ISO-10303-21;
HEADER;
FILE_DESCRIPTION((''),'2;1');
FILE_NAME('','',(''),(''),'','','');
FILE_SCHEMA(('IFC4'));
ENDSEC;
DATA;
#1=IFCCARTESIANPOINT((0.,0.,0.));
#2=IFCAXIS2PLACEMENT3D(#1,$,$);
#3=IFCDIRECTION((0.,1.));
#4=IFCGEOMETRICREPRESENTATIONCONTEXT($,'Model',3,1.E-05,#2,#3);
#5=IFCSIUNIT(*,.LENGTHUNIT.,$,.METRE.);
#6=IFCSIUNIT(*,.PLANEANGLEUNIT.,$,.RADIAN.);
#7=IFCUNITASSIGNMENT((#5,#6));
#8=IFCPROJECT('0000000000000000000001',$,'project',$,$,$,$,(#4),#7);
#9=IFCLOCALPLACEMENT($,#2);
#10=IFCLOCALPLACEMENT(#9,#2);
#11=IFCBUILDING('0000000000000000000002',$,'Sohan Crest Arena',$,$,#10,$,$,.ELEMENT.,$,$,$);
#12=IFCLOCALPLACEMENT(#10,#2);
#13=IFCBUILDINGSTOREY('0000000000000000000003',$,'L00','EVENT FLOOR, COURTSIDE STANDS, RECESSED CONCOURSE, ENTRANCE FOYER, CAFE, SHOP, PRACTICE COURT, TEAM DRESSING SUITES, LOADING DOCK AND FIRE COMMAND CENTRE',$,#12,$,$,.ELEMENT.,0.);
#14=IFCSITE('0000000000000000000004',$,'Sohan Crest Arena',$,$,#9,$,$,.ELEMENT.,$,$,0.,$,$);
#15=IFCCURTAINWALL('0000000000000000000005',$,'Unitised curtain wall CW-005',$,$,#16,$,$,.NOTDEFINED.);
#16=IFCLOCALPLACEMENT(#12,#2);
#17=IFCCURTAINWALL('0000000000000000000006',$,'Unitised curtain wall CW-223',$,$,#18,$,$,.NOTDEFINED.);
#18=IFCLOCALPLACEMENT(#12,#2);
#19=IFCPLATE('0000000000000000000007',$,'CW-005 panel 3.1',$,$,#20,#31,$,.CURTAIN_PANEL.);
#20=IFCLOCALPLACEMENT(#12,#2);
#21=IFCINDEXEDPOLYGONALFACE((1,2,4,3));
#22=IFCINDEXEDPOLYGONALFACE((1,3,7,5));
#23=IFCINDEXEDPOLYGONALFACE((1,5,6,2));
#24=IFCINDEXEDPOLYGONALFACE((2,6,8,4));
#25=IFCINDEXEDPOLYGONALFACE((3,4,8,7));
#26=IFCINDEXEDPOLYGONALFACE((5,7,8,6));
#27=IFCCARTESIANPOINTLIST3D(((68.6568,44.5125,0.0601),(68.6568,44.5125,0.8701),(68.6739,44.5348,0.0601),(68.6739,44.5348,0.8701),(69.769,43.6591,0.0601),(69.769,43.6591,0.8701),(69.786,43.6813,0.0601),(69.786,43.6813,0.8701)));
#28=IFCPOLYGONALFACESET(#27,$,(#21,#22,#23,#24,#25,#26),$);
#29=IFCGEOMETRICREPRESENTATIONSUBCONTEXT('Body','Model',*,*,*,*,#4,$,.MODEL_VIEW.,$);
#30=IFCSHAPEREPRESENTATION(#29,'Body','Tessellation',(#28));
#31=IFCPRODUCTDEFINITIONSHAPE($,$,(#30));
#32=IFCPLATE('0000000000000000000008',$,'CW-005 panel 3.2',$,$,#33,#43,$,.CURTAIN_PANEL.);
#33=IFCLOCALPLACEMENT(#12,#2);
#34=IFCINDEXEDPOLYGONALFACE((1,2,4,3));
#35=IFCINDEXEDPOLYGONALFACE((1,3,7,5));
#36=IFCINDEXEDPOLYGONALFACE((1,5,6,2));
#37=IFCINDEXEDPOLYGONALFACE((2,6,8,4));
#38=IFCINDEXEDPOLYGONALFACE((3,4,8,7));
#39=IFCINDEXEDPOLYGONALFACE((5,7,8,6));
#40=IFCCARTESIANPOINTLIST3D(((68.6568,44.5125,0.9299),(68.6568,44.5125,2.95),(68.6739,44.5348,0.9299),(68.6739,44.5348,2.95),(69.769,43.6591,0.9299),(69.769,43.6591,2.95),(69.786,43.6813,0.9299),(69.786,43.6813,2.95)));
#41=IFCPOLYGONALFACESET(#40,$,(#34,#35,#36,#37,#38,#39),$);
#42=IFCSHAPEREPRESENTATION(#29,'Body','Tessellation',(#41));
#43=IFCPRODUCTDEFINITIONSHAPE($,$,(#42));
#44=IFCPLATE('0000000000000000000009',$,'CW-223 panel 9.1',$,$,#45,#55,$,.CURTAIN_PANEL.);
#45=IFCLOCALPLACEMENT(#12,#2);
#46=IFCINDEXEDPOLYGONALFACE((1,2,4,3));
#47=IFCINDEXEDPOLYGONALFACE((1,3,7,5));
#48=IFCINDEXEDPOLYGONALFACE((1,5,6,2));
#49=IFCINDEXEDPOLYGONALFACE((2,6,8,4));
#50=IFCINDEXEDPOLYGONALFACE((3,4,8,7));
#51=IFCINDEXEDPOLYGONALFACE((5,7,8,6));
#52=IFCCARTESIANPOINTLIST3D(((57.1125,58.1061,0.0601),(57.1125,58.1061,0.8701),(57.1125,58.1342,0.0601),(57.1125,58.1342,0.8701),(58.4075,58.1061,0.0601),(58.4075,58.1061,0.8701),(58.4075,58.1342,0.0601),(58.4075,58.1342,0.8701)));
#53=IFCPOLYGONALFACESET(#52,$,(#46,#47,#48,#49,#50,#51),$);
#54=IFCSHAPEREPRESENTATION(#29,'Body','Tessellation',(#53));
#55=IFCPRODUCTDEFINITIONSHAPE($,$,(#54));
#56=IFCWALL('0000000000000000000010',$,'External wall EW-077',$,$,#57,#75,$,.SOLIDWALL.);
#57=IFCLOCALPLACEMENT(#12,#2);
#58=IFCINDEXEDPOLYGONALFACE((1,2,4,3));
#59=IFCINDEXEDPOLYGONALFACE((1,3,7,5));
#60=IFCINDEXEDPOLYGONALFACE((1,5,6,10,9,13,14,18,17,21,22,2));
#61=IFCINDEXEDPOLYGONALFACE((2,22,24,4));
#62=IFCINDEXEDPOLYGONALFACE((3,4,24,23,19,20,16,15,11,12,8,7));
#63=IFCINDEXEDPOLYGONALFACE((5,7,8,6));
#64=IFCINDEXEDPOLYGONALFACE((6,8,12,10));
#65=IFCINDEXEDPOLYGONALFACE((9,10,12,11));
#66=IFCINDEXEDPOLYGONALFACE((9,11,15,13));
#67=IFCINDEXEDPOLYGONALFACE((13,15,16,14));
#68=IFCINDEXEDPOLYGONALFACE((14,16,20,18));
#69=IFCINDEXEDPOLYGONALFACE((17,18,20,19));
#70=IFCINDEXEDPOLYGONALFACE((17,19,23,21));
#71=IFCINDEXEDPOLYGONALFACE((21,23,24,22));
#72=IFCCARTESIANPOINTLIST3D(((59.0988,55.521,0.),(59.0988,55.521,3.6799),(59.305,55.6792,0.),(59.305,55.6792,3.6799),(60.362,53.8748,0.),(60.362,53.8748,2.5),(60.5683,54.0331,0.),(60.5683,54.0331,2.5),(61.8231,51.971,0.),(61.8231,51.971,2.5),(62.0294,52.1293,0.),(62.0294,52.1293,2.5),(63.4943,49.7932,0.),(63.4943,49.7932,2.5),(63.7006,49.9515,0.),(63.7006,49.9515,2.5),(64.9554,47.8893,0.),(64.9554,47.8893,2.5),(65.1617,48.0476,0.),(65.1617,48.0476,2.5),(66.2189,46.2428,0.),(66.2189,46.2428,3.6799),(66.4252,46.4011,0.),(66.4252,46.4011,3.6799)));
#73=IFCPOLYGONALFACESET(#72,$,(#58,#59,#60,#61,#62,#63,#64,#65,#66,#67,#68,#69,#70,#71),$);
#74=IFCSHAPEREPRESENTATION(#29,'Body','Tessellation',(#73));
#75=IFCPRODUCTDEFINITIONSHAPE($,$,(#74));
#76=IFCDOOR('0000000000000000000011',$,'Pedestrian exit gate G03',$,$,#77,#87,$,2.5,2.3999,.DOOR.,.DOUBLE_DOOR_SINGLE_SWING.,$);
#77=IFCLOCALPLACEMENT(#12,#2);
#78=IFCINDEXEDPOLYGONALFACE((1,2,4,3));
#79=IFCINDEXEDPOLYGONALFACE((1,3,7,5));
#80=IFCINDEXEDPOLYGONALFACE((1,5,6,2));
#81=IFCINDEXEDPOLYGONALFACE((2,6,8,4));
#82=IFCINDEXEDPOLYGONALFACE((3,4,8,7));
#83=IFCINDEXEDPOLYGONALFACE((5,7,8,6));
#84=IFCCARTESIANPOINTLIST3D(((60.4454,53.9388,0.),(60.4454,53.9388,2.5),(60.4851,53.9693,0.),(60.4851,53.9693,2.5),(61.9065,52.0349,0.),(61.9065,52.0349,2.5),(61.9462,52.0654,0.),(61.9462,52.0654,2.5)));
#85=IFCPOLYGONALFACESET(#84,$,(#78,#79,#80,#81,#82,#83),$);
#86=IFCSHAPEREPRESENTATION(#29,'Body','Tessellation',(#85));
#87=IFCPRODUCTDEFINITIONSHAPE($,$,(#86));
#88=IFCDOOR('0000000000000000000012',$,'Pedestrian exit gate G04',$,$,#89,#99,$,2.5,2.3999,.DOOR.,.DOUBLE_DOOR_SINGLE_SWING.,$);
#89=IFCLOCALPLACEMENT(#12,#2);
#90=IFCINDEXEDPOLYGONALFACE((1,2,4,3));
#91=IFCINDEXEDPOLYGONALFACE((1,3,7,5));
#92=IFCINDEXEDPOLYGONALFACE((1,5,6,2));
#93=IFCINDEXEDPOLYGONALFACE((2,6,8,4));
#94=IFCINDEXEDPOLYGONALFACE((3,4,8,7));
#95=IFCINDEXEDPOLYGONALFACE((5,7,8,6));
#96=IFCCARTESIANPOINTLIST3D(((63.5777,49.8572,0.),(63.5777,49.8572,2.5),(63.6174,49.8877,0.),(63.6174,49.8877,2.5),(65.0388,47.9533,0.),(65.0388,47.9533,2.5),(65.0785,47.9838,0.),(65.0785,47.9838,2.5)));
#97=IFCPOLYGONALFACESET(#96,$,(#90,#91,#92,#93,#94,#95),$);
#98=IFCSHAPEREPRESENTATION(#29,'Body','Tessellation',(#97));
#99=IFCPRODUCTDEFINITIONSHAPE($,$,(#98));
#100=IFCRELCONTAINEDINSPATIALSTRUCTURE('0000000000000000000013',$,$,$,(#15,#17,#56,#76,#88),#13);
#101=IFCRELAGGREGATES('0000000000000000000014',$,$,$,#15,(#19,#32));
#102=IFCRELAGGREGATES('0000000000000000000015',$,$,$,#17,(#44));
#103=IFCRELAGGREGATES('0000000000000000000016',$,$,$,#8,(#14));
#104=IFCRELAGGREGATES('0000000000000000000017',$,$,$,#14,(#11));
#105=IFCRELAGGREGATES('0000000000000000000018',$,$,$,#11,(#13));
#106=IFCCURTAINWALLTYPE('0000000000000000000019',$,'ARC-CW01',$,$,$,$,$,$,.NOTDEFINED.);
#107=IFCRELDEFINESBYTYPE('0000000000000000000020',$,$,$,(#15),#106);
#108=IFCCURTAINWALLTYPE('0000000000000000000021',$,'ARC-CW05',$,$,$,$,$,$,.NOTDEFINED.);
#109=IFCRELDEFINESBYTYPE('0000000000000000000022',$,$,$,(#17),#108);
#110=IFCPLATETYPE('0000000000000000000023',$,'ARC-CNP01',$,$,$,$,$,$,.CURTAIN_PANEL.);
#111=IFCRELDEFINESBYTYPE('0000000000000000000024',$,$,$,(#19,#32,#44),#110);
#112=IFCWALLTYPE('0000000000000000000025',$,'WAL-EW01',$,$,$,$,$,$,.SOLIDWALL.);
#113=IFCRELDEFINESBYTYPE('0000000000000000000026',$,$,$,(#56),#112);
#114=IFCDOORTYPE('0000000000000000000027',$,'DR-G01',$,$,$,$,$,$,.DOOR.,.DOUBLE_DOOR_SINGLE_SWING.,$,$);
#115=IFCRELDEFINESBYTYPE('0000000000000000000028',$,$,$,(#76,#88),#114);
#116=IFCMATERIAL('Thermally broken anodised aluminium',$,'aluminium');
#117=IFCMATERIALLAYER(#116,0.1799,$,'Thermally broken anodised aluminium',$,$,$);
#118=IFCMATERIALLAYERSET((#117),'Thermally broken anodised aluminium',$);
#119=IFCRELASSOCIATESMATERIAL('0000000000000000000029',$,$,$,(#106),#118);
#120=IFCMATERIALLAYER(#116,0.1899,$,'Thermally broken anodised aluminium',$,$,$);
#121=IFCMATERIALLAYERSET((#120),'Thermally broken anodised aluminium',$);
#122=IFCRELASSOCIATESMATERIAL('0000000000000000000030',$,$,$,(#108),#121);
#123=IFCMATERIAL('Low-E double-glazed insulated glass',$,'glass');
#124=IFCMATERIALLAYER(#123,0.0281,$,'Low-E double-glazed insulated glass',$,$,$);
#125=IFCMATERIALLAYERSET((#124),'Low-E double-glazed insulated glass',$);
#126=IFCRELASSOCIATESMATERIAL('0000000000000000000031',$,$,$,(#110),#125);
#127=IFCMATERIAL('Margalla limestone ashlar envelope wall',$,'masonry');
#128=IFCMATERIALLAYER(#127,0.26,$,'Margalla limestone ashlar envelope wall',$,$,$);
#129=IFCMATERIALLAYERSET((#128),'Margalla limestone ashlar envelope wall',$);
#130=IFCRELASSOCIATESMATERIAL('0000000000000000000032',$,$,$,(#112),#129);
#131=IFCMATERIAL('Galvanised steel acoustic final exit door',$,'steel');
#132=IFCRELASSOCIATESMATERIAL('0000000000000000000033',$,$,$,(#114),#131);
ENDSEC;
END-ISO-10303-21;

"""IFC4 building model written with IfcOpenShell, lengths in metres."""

from ifc_helpers import new_model, si_unit, direction, frame, frame_2d, origin, origin_2d, place, context, subcontext, project, spatial, rectangle, extrude, material, layer, layer_set, type_object, element, fill, aggregate, save


model = new_model("IFC4")

# Units and contexts
model_context = context("Model", 3, precision=1e-05, world=origin(), true_north=direction((0.0, 1.0)))
body_context = subcontext(model_context, "Body", "Model", "MODEL_VIEW")
ifc_project = project(units=[si_unit("LENGTHUNIT", "METRE"), si_unit("PLANEANGLEUNIT", "RADIAN")], contexts=[model_context])

# Site, building, storey
site_placement = place(None, origin())
site = spatial("IfcSite", under=ifc_project, at=site_placement, Name="Sohan Crest Arena", CompositionType="ELEMENT", RefElevation=0.0)
building_placement = place(site_placement, origin())
building = spatial("IfcBuilding", under=site, at=building_placement, Name="Sohan Crest Arena", CompositionType="ELEMENT")
storey_placement = place(building_placement, origin())
storey = spatial("IfcBuildingStorey", under=building, at=storey_placement, Name="L00", Description="EVENT FLOOR, COURTSIDE STANDS, RECESSED CONCOURSE, ENTRANCE FOYER, CAFE, SHOP, PRACTICE COURT, TEAM DRESSING SUITES, LOADING DOCK AND FIRE COMMAND CENTRE", CompositionType="ELEMENT", Elevation=0.0)

# Curtain wall
ifc_material_1 = material(Name="Thermally broken anodised aluminium", Category="aluminium")
ifc_layer_1 = layer(ifc_material_1, 0.1799, Name="Thermally broken anodised aluminium")
ifc_layer_set_1 = layer_set([ifc_layer_1], Name="Thermally broken anodised aluminium")
curtain_wall_type_1 = type_object("IfcCurtainWallType", Name="ARC-CW01", PredefinedType="NOTDEFINED", material=ifc_layer_set_1)
curtain_wall_1_placement = place(storey_placement, origin())
curtain_wall_1 = element("IfcCurtainWall", 1, at=curtain_wall_1_placement, inside=storey, type_object=curtain_wall_type_1, Name="Unitised curtain wall CW-005", PredefinedType="NOTDEFINED")

# Curtain wall
ifc_layer_2 = layer(ifc_material_1, 0.1899, Name="Thermally broken anodised aluminium")
ifc_layer_set_2 = layer_set([ifc_layer_2], Name="Thermally broken anodised aluminium")
curtain_wall_type_2 = type_object("IfcCurtainWallType", Name="ARC-CW05", PredefinedType="NOTDEFINED", material=ifc_layer_set_2)
curtain_wall_2_placement = place(storey_placement, origin())
curtain_wall_2 = element("IfcCurtainWall", 2, at=curtain_wall_2_placement, inside=storey, type_object=curtain_wall_type_2, Name="Unitised curtain wall CW-223", PredefinedType="NOTDEFINED")

# Plates
ifc_material_2 = material(Name="Low-E double-glazed insulated glass", Category="glass")
ifc_layer_3 = layer(ifc_material_2, 0.0281, Name="Low-E double-glazed insulated glass")
ifc_layer_set_3 = layer_set([ifc_layer_3], Name="Low-E double-glazed insulated glass")
plate_type = type_object("IfcPlateType", Name="ARC-CNP01", PredefinedType="CURTAIN_PANEL", material=ifc_layer_set_3)
plate_1_placement = place(storey_placement, frame((69.2214, 44.0969, 0.0601), z_axis=(0.0, 0.0, 1.0), x_axis=(0.793323, -0.608801, 0.0)))
plate_1 = element("IfcPlate", 3, at=plate_1_placement, type_object=plate_type, Name="CW-005 panel 3.1", PredefinedType="CURTAIN_PANEL", context=body_context, shape_type="SweptSolid", body=[
    extrude(rectangle(XDim=1.4019, YDim=0.0281, at=origin_2d()), origin(), (0.0, 0.0, 1.0), 0.8101),
])
plate_2_placement = place(storey_placement, frame((69.2214, 44.0969, 0.9299), z_axis=(0.0, 0.0, 1.0), x_axis=(0.793323, -0.608801, 0.0)))
plate_2 = element("IfcPlate", 4, at=plate_2_placement, type_object=plate_type, Name="CW-005 panel 3.2", PredefinedType="CURTAIN_PANEL", context=body_context, shape_type="SweptSolid", body=[
    extrude(rectangle(XDim=1.4019, YDim=0.0281, at=origin_2d()), origin(), (0.0, 0.0, 1.0), 2.02),
])
aggregate(curtain_wall_1, [plate_1, plate_2])
plate_3_placement = place(storey_placement, frame((57.76, 58.1201, 0.0601), z_axis=(0.0, 0.0, 1.0), x_axis=(1.0, 0.0, 0.0)))
plate_3 = element("IfcPlate", 5, at=plate_3_placement, type_object=plate_type, Name="CW-223 panel 9.1", PredefinedType="CURTAIN_PANEL", context=body_context, shape_type="SweptSolid", body=[
    extrude(rectangle(XDim=1.2949, YDim=0.0281, at=origin_2d()), origin(), (0.0, 0.0, 1.0), 0.8101),
])
aggregate(curtain_wall_2, [plate_3])

# Wall, openings, doors
ifc_material_3 = material(Name="Margalla limestone ashlar envelope wall", Category="masonry")
ifc_layer_4 = layer(ifc_material_3, 0.26, Name="Margalla limestone ashlar envelope wall")
ifc_layer_set_4 = layer_set([ifc_layer_4], Name="Margalla limestone ashlar envelope wall")
wall_type = type_object("IfcWallType", Name="WAL-EW01", PredefinedType="SOLIDWALL", material=ifc_layer_set_4)
wall_placement = place(storey_placement, frame((59.2019, 55.6001, 0.0), z_axis=(0.0, 0.0, 1.0), x_axis=(0.608804, -0.79332, 0.0)))
wall = element("IfcWall", 6, at=wall_placement, inside=storey, type_object=wall_type, Name="External wall EW-077", PredefinedType="SOLIDWALL", context=body_context, shape_type="SweptSolid", body=[
    extrude(rectangle(XDim=11.6953, YDim=0.26, at=frame_2d((5.8477, 0.0))), origin(), (0.0, 0.0, 1.0), 3.6799),
])
opening_1_placement = place(wall_placement, frame((2.075, 0.0, 0.0)))
opening_1 = element("IfcOpeningElement", 7, at=opening_1_placement, cuts=wall, PredefinedType="OPENING", context=body_context, shape_type="SweptSolid", body=[
    extrude(rectangle(XDim=2.3999, YDim=2.5, at=frame_2d((1.2, 1.25))), frame((0.0, 0.1399, 0.0), z_axis=(0.0, -1.0, 0.0), x_axis=(1.0, 0.0, 0.0)), (0.0, 0.0, 1.0), 0.28),
])
opening_2_placement = place(wall_placement, frame((7.22, 0.0, 0.0)))
opening_2 = element("IfcOpeningElement", 8, at=opening_2_placement, cuts=wall, PredefinedType="OPENING", context=body_context, shape_type="SweptSolid", body=[
    extrude(rectangle(XDim=2.3999, YDim=2.5, at=frame_2d((1.2, 1.25))), frame((0.0, 0.1399, 0.0), z_axis=(0.0, -1.0, 0.0), x_axis=(1.0, 0.0, 0.0)), (0.0, 0.0, 1.0), 0.28),
])
ifc_material_4 = material(Name="Galvanised steel acoustic final exit door", Category="steel")
door_type = type_object("IfcDoorType", Name="DR-G01", OperationType="DOUBLE_DOOR_SINGLE_SWING", PredefinedType="DOOR", material=ifc_material_4)
door_1_placement = place(opening_1_placement, frame((2.3999, 0.0, 0.0), z_axis=(0.0, 0.0, 1.0), x_axis=(-1.0, 0.0, 0.0)))
door_1 = element("IfcDoor", 9, at=door_1_placement, inside=storey, type_object=door_type, Name="Pedestrian exit gate G03", OperationType="DOUBLE_DOOR_SINGLE_SWING", OverallHeight=2.5, OverallWidth=2.3999, PredefinedType="DOOR", context=body_context, shape_type="SweptSolid", body=[
    extrude(rectangle(XDim=2.3999, YDim=2.5, at=frame_2d((1.2, 1.25))), frame((0.0, 0.0249, 0.0), z_axis=(0.0, -1.0, 0.0), x_axis=(1.0, 0.0, 0.0)), (0.0, 0.0, 1.0), 0.05),
])
fill(opening_1, door_1)
door_2_placement = place(opening_2_placement, frame((2.3999, 0.0, 0.0), z_axis=(0.0, 0.0, 1.0), x_axis=(-1.0, 0.0, 0.0)))
door_2 = element("IfcDoor", 10, at=door_2_placement, inside=storey, type_object=door_type, Name="Pedestrian exit gate G04", OperationType="DOUBLE_DOOR_SINGLE_SWING", OverallHeight=2.5, OverallWidth=2.3999, PredefinedType="DOOR", context=body_context, shape_type="SweptSolid", body=[
    extrude(rectangle(XDim=2.3999, YDim=2.5, at=frame_2d((1.2, 1.25))), frame((0.0, 0.0249, 0.0), z_axis=(0.0, -1.0, 0.0), x_axis=(1.0, 0.0, 0.0)), (0.0, 0.0, 1.0), 0.05),
])
fill(opening_2, door_2)

save(model, "model.ifc")
